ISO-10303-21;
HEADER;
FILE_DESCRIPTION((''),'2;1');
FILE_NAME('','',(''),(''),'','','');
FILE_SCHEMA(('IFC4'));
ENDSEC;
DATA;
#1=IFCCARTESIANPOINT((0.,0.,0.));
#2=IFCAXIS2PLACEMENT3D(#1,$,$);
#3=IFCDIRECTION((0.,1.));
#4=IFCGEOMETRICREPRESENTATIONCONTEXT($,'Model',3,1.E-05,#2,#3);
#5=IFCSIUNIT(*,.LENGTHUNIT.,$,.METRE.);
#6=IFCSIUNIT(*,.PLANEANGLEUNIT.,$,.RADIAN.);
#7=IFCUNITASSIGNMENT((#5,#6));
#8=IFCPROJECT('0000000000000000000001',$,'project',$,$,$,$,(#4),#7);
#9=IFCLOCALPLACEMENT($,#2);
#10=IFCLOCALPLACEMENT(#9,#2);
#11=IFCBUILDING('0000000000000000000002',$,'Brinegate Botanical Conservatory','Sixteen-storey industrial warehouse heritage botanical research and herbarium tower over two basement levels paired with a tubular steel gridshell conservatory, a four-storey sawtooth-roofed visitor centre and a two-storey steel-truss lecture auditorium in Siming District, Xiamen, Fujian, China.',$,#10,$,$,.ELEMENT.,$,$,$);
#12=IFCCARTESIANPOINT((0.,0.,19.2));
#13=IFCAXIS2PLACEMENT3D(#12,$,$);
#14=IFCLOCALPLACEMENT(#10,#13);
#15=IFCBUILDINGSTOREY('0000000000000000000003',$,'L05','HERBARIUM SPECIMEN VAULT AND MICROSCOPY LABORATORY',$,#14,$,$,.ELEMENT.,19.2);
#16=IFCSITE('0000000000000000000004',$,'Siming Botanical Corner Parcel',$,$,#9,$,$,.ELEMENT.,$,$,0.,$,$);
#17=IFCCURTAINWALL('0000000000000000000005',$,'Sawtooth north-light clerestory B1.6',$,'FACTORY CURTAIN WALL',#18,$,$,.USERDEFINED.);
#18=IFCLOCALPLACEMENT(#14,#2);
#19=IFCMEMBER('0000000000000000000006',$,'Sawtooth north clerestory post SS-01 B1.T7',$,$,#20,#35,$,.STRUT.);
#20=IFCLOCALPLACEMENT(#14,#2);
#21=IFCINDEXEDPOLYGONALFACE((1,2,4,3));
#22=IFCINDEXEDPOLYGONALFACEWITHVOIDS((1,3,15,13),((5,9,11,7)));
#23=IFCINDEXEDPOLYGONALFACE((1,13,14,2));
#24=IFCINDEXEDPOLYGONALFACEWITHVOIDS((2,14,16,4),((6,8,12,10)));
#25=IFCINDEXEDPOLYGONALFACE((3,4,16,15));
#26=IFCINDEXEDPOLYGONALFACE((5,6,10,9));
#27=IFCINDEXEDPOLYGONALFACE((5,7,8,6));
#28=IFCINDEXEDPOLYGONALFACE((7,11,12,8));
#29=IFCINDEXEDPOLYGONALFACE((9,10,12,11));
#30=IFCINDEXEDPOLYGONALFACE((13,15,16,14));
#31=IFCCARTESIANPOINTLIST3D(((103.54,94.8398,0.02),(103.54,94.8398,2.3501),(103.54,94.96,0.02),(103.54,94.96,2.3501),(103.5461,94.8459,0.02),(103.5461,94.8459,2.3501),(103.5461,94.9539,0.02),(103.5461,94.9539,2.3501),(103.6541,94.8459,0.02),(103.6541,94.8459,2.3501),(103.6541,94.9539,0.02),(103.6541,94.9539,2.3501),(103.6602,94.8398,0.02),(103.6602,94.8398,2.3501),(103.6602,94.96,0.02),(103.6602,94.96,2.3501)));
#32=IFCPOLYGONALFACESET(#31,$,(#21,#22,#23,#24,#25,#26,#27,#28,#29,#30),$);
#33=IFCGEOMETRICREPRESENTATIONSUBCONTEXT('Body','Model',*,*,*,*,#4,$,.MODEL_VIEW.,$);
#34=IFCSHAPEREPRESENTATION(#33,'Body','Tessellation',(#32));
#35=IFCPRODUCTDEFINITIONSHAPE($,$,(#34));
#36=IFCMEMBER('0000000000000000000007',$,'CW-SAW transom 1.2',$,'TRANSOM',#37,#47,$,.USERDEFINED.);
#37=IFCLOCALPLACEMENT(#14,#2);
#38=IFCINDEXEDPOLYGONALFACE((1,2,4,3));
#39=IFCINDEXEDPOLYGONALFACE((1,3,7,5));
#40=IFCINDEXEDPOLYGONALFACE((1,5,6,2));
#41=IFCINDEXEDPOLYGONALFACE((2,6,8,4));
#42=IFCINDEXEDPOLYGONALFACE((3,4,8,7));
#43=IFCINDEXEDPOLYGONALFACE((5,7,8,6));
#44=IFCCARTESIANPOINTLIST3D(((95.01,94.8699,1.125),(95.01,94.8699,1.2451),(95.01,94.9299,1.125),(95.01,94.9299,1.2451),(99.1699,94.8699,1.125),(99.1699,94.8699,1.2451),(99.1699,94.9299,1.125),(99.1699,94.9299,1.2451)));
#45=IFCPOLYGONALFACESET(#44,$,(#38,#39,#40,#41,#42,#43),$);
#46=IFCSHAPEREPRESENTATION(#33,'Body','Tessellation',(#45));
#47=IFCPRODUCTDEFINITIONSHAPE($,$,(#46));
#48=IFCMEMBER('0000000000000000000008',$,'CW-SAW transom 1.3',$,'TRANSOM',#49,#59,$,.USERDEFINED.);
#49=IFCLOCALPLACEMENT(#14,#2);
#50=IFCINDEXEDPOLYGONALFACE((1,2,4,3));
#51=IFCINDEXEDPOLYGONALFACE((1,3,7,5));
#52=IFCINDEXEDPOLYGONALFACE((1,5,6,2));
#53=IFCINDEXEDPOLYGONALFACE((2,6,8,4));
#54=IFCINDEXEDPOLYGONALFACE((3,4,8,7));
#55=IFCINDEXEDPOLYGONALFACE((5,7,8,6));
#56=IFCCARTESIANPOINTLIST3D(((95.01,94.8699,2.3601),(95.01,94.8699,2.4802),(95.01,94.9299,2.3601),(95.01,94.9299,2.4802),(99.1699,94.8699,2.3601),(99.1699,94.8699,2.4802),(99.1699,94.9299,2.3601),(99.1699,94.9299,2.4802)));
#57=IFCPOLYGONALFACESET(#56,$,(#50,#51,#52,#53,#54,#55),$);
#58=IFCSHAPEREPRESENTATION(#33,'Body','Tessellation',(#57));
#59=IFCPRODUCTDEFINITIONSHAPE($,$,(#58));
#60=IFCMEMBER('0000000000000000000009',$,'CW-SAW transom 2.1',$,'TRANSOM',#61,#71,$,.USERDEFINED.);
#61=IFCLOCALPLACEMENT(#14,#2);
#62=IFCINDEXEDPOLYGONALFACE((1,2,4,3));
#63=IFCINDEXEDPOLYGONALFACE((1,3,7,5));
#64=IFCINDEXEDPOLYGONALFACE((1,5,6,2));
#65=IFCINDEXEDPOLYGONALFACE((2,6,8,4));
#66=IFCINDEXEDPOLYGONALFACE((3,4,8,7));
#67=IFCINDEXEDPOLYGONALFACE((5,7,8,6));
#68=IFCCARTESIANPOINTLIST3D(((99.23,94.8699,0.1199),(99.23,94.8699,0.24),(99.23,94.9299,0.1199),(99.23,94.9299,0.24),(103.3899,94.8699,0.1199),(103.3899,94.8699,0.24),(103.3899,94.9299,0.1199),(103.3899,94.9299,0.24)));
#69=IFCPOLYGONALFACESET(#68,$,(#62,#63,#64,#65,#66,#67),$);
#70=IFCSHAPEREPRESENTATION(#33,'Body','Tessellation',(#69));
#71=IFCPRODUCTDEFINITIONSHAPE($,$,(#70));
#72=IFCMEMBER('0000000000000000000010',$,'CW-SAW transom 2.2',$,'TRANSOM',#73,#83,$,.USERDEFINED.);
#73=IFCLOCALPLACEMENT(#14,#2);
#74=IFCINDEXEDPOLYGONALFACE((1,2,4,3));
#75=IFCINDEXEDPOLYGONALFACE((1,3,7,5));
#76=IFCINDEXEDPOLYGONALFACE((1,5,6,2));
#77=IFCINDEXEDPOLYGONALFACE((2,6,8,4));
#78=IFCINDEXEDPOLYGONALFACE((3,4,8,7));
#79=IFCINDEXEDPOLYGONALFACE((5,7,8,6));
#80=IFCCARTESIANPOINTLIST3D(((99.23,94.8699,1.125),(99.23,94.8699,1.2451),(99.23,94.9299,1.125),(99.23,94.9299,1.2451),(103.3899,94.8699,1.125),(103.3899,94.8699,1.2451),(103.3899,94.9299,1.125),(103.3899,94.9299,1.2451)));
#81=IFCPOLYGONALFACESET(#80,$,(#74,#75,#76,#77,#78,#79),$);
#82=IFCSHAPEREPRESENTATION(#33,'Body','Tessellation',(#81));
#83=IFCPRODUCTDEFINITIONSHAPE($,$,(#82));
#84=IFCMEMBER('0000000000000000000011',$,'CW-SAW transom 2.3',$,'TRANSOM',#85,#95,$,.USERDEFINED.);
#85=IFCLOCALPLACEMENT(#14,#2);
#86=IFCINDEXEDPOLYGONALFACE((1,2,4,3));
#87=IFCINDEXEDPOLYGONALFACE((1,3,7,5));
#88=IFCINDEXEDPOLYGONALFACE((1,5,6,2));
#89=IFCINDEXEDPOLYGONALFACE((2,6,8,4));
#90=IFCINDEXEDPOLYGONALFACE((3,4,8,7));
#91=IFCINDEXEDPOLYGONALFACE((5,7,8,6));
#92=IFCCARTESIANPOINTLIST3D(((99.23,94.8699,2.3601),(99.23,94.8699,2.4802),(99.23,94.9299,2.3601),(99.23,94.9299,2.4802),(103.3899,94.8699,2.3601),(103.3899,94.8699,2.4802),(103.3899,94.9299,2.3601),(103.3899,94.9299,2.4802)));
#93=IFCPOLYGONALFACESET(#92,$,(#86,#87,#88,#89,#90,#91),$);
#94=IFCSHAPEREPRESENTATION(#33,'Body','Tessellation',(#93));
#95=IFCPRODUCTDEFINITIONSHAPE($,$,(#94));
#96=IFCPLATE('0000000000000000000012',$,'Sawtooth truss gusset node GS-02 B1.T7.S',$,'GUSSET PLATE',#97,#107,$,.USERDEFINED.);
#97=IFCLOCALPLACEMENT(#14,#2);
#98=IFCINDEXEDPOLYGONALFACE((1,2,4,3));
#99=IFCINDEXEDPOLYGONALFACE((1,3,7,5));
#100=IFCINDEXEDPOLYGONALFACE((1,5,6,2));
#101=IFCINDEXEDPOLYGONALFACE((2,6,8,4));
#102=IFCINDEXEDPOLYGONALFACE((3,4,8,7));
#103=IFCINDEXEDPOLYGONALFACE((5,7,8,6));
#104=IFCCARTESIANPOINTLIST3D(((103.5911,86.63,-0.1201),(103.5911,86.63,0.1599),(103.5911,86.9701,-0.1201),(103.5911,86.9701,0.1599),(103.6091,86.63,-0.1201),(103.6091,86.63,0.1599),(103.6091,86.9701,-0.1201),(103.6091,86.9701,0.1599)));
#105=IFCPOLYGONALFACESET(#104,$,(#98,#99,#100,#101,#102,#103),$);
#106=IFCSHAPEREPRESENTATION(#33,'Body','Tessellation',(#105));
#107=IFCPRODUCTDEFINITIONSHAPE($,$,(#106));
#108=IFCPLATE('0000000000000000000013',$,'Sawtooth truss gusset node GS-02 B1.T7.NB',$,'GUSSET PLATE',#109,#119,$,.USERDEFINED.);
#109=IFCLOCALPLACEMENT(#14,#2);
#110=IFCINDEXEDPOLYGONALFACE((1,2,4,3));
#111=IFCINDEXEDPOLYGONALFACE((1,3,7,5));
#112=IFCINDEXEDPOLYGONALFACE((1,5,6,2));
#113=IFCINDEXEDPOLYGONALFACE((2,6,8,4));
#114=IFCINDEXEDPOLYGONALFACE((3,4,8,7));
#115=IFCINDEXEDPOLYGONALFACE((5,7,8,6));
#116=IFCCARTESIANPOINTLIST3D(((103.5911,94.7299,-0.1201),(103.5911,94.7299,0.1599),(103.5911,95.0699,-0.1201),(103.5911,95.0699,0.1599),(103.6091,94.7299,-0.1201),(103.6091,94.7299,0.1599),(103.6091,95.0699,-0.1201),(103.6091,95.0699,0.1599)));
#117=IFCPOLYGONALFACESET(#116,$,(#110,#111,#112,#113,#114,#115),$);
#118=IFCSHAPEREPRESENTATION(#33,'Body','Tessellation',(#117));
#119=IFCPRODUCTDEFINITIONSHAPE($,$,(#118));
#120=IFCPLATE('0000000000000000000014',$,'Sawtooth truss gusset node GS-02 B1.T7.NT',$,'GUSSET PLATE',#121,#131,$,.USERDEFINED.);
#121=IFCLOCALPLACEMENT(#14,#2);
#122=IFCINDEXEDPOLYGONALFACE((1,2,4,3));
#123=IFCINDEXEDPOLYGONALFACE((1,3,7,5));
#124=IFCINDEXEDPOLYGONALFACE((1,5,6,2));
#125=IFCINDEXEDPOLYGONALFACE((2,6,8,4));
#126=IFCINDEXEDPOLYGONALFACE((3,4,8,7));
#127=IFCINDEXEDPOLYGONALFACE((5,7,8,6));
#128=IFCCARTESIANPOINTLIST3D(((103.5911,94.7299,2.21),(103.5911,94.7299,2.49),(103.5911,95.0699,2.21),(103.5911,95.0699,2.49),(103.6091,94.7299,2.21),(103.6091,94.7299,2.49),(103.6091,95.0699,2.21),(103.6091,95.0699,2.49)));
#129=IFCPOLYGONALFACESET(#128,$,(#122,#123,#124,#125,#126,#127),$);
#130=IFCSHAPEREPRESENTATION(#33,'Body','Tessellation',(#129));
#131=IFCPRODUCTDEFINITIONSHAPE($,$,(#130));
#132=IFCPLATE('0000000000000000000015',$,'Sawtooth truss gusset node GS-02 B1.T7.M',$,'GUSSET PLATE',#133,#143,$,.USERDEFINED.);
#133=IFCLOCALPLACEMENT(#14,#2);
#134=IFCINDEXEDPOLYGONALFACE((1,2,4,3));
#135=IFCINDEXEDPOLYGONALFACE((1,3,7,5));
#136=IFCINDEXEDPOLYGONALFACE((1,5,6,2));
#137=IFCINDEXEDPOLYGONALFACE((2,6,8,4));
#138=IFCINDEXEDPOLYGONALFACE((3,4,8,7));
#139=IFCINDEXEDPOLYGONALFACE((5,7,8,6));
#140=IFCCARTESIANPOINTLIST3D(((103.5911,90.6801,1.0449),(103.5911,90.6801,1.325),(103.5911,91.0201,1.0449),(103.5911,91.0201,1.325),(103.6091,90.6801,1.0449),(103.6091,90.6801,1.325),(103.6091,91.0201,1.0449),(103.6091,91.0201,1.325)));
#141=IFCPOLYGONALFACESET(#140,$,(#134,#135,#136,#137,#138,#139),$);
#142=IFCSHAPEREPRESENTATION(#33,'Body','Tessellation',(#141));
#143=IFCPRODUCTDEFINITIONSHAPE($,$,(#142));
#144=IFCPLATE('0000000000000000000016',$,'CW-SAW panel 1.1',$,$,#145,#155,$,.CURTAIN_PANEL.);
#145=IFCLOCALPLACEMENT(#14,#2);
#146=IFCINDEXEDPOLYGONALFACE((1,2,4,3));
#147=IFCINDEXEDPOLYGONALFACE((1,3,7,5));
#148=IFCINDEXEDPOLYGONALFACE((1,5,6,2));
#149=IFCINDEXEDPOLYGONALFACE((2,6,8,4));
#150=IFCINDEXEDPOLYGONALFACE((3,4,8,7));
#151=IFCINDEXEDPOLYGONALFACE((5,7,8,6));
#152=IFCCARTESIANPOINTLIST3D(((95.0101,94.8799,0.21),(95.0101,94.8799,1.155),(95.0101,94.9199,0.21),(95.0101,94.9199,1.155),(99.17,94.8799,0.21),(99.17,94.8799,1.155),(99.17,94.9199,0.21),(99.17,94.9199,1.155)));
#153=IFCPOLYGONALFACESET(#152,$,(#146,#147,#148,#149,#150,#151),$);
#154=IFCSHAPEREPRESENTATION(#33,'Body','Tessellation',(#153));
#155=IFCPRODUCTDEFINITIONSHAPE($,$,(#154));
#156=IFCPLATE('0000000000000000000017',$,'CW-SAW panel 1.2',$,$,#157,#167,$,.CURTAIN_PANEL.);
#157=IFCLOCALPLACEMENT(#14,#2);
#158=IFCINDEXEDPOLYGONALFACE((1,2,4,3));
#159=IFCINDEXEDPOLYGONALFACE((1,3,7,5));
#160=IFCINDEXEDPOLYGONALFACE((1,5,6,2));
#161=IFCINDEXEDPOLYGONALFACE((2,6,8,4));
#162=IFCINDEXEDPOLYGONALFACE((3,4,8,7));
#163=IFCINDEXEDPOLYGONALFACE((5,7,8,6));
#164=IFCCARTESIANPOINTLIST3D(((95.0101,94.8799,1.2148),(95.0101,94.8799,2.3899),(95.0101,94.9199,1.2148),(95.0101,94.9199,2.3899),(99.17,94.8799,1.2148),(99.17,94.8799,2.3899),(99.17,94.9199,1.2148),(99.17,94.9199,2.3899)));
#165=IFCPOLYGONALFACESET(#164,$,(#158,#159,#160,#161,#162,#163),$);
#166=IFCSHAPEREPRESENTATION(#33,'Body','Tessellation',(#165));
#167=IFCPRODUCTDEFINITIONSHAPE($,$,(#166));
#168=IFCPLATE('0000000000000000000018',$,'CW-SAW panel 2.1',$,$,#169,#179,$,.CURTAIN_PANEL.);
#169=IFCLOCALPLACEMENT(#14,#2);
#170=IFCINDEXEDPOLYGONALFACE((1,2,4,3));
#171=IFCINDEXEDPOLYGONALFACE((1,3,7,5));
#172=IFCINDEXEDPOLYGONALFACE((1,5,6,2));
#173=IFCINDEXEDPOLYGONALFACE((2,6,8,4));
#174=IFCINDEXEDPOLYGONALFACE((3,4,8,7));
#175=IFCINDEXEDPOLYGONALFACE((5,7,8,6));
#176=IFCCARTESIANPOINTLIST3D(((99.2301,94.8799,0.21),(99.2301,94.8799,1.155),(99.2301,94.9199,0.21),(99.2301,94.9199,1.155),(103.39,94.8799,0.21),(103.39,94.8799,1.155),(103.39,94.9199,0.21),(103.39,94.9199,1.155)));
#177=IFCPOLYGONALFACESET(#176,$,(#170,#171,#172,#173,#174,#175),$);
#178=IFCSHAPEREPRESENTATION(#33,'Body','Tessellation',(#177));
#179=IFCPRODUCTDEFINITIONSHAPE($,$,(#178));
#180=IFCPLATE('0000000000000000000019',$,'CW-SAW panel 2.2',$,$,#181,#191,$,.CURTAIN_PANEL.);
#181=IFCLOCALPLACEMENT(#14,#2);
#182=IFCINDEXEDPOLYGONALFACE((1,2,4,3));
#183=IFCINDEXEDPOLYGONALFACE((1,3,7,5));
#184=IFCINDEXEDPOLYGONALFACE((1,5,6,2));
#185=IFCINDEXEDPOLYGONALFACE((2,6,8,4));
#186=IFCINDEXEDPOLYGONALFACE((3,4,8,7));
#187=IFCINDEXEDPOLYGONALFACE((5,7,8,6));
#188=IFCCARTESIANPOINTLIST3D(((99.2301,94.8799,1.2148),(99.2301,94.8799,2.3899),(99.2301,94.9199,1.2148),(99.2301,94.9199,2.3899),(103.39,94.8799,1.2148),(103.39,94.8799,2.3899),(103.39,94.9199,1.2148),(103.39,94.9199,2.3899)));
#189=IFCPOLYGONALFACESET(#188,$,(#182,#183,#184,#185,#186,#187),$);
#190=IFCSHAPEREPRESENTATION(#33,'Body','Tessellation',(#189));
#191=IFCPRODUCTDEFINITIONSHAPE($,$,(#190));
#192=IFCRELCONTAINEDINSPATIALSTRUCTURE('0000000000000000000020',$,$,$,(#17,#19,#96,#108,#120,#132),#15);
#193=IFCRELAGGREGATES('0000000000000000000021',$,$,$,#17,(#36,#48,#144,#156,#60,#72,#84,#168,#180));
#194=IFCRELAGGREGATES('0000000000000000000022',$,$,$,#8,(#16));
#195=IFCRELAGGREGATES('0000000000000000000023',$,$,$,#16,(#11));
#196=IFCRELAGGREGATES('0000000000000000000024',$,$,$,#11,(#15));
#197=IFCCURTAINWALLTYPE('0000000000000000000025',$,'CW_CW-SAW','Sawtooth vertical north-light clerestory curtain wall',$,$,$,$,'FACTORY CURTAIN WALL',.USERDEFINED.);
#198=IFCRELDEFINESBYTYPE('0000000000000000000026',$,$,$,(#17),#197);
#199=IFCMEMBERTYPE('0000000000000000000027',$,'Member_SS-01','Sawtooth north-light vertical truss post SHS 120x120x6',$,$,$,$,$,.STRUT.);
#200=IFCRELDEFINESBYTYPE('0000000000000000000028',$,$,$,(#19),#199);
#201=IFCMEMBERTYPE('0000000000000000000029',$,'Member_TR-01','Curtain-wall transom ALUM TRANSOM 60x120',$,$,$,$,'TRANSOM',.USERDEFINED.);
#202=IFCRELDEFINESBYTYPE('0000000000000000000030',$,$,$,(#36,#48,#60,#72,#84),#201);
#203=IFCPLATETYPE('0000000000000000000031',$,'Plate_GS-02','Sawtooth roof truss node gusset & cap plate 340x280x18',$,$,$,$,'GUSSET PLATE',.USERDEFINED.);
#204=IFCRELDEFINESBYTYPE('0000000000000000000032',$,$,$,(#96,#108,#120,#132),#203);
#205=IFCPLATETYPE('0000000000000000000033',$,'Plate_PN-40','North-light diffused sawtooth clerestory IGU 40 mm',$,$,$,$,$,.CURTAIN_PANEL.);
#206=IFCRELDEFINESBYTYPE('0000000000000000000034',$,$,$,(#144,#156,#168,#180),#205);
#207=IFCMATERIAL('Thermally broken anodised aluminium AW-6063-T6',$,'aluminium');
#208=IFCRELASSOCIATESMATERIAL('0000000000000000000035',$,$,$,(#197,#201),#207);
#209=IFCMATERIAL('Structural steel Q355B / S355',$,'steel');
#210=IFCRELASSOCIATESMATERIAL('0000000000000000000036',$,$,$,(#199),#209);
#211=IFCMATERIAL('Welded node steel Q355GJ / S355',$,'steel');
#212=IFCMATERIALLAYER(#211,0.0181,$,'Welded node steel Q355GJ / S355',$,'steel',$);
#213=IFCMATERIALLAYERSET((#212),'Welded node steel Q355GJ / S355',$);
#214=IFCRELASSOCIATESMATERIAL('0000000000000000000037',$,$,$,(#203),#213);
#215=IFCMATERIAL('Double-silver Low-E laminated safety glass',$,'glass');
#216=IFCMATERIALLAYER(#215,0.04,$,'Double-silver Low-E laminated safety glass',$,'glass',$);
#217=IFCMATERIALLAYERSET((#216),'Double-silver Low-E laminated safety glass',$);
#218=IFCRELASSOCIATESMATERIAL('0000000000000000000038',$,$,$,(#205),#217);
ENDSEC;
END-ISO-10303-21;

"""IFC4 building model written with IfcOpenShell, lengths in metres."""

from ifc_helpers import new_model, si_unit, direction, frame, origin, origin_2d, place, context, subcontext, project, spatial, rectangle, hollow_rectangle, extrude, material, layer, layer_set, material_profile, profile_set, type_object, element, aggregate, save


model = new_model("IFC4")

# Units and contexts
model_context = context("Model", 3, precision=1e-05, world=origin(), true_north=direction((0.0, 1.0)))
body_context = subcontext(model_context, "Body", "Model", "MODEL_VIEW")
ifc_project = project(units=[si_unit("LENGTHUNIT", "METRE"), si_unit("PLANEANGLEUNIT", "RADIAN")], contexts=[model_context])

# Site, building, storey
site_placement = place(None, origin())
site = spatial("IfcSite", under=ifc_project, at=site_placement, Name="Siming Botanical Corner Parcel", CompositionType="ELEMENT", RefElevation=0.0)
building_placement = place(site_placement, origin())
building = spatial("IfcBuilding", under=site, at=building_placement, Name="Brinegate Botanical Conservatory", Description="Sixteen-storey industrial warehouse heritage botanical research and herbarium tower over two basement levels paired with a tubular steel gridshell conservatory, a four-storey sawtooth-roofed visitor centre and a two-storey steel-truss lecture auditorium in Siming District, Xiamen, Fujian, China.", CompositionType="ELEMENT")
storey_placement = place(building_placement, frame((0.0, 0.0, 19.2)))
storey = spatial("IfcBuildingStorey", under=building, at=storey_placement, Name="L05", Description="HERBARIUM SPECIMEN VAULT AND MICROSCOPY LABORATORY", CompositionType="ELEMENT", Elevation=19.2)

# Shared definitions
ifc_material_1 = material(Name="Structural steel Q355B / S355", Category="steel")

# Curtain wall
ifc_material_2 = material(Name="Thermally broken anodised aluminium AW-6063-T6", Category="aluminium")
curtain_wall_type = type_object("IfcCurtainWallType", Name="CW_CW-SAW", Description="Sawtooth vertical north-light clerestory curtain wall", ElementType="FACTORY CURTAIN WALL", PredefinedType="USERDEFINED", material=ifc_material_2)
curtain_wall_1_placement = place(storey_placement, origin())
curtain_wall_1 = element("IfcCurtainWall", 1, at=curtain_wall_1_placement, inside=storey, type_object=curtain_wall_type, Name="Sawtooth north-light clerestory B1.6", ObjectType="FACTORY CURTAIN WALL", PredefinedType="USERDEFINED")

# Member
ifc_material_profile_1 = material_profile(ifc_material_1, hollow_rectangle(XDim=0.1201, YDim=0.1201, WallThickness=0.0061, at=origin_2d()), Name="SHS 120x120x6")
ifc_profile_set_1 = profile_set([ifc_material_profile_1], Name="Structural steel Q355B / S355")
member_type_1 = type_object("IfcMemberType", Name="Member_SS-01", Description="Sawtooth north-light vertical truss post SHS 120x120x6", PredefinedType="STRUT", material=ifc_profile_set_1)
member_1_placement = place(storey_placement, frame((103.6001, 94.8999, 0.02), z_axis=(0.0, 0.0, 1.0), x_axis=(1.0, 0.0, 0.0)))
element("IfcMember", 2, at=member_1_placement, inside=storey, type_object=member_type_1, Name="Sawtooth north clerestory post SS-01 B1.T7", PredefinedType="STRUT", context=body_context, shape_type="SweptSolid", body=[
    extrude(hollow_rectangle(XDim=0.1201, YDim=0.1201, WallThickness=0.0061, at=origin_2d()), origin(), (0.0, 0.0, 1.0), 2.3301),
])

# Members
ifc_material_profile_2 = material_profile(ifc_material_2, rectangle(XDim=0.0601, YDim=0.1201, at=origin_2d()), Name="ALUM TRANSOM 60x120")
ifc_profile_set_2 = profile_set([ifc_material_profile_2], Name="Thermally broken anodised aluminium AW-6063-T6")
member_type_2 = type_object("IfcMemberType", Name="Member_TR-01", Description="Curtain-wall transom ALUM TRANSOM 60x120", ElementType="TRANSOM", PredefinedType="USERDEFINED", material=ifc_profile_set_2)
member_2_placement = place(storey_placement, frame((95.01, 94.8999, 1.1851), z_axis=(1.0, 0.0, 0.0), x_axis=(0.0, 1.0, 0.0)))
member_2 = element("IfcMember", 3, at=member_2_placement, type_object=member_type_2, Name="CW-SAW transom 1.2", ObjectType="TRANSOM", PredefinedType="USERDEFINED", context=body_context, shape_type="SweptSolid", body=[
    extrude(rectangle(XDim=0.0601, YDim=0.1201, at=origin_2d()), origin(), (0.0, 0.0, 1.0), 4.1599),
])
member_3_placement = place(storey_placement, frame((95.01, 94.8999, 2.4202), z_axis=(1.0, 0.0, 0.0), x_axis=(0.0, 1.0, 0.0)))
member_3 = element("IfcMember", 4, at=member_3_placement, type_object=member_type_2, Name="CW-SAW transom 1.3", ObjectType="TRANSOM", PredefinedType="USERDEFINED", context=body_context, shape_type="SweptSolid", body=[
    extrude(rectangle(XDim=0.0601, YDim=0.1201, at=origin_2d()), origin(), (0.0, 0.0, 1.0), 4.1599),
])
member_4_placement = place(storey_placement, frame((99.23, 94.8999, 0.1799), z_axis=(1.0, 0.0, 0.0), x_axis=(0.0, 1.0, 0.0)))
member_4 = element("IfcMember", 5, at=member_4_placement, type_object=member_type_2, Name="CW-SAW transom 2.1", ObjectType="TRANSOM", PredefinedType="USERDEFINED", context=body_context, shape_type="SweptSolid", body=[
    extrude(rectangle(XDim=0.0601, YDim=0.1201, at=origin_2d()), origin(), (0.0, 0.0, 1.0), 4.1599),
])
member_5_placement = place(storey_placement, frame((99.23, 94.8999, 1.1851), z_axis=(1.0, 0.0, 0.0), x_axis=(0.0, 1.0, 0.0)))
member_5 = element("IfcMember", 6, at=member_5_placement, type_object=member_type_2, Name="CW-SAW transom 2.2", ObjectType="TRANSOM", PredefinedType="USERDEFINED", context=body_context, shape_type="SweptSolid", body=[
    extrude(rectangle(XDim=0.0601, YDim=0.1201, at=origin_2d()), origin(), (0.0, 0.0, 1.0), 4.1599),
])
member_6_placement = place(storey_placement, frame((99.23, 94.8999, 2.4202), z_axis=(1.0, 0.0, 0.0), x_axis=(0.0, 1.0, 0.0)))
member_6 = element("IfcMember", 7, at=member_6_placement, type_object=member_type_2, Name="CW-SAW transom 2.3", ObjectType="TRANSOM", PredefinedType="USERDEFINED", context=body_context, shape_type="SweptSolid", body=[
    extrude(rectangle(XDim=0.0601, YDim=0.1201, at=origin_2d()), origin(), (0.0, 0.0, 1.0), 4.1599),
])

# Plates
ifc_material_3 = material(Name="Welded node steel Q355GJ / S355", Category="steel")
ifc_layer_1 = layer(ifc_material_3, 0.0181, Name="Welded node steel Q355GJ / S355", Category="steel")
ifc_layer_set_1 = layer_set([ifc_layer_1], Name="Welded node steel Q355GJ / S355")
plate_type_1 = type_object("IfcPlateType", Name="Plate_GS-02", Description="Sawtooth roof truss node gusset & cap plate 340x280x18", ElementType="GUSSET PLATE", PredefinedType="USERDEFINED", material=ifc_layer_set_1)
for number, where, z_axis, x_axis, name in (
    (8, (103.6001, 86.8, -0.1201), (0.0, 0.0, 1.0), (1.0, 0.0, 0.0), "Sawtooth truss gusset node GS-02 B1.T7.S"),
    (9, (103.6001, 94.8999, -0.1201), (0.0, 0.0, 1.0), (1.0, 0.0, 0.0), "Sawtooth truss gusset node GS-02 B1.T7.NB"),
    (10, (103.6001, 94.8999, 2.21), (0.0, 0.0, 1.0), (1.0, 0.0, 0.0), "Sawtooth truss gusset node GS-02 B1.T7.NT"),
    (11, (103.6001, 90.8501, 1.0449), (0.0, 0.0, 1.0), (1.0, 0.0, 0.0), "Sawtooth truss gusset node GS-02 B1.T7.M"),
):
    element("IfcPlate", number, at=place(storey_placement, frame(where, z_axis=z_axis, x_axis=x_axis)), inside=storey, type_object=plate_type_1, Name=name, ObjectType="GUSSET PLATE", PredefinedType="USERDEFINED", context=body_context, shape_type="SweptSolid", body=[
        extrude(rectangle(XDim=0.0181, YDim=0.3401, at=origin_2d()), origin(), (0.0, 0.0, 1.0), 0.28),
    ])

# Plates
ifc_material_4 = material(Name="Double-silver Low-E laminated safety glass", Category="glass")
ifc_layer_2 = layer(ifc_material_4, 0.04, Name="Double-silver Low-E laminated safety glass", Category="glass")
ifc_layer_set_2 = layer_set([ifc_layer_2], Name="Double-silver Low-E laminated safety glass")
plate_type_2 = type_object("IfcPlateType", Name="Plate_PN-40", Description="North-light diffused sawtooth clerestory IGU 40 mm", PredefinedType="CURTAIN_PANEL", material=ifc_layer_set_2)
plate_1_placement = place(storey_placement, frame((97.0901, 94.8999, 0.21), z_axis=(0.0, 0.0, 1.0), x_axis=(1.0, 0.0, 0.0)))
plate_1 = element("IfcPlate", 12, at=plate_1_placement, type_object=plate_type_2, Name="CW-SAW panel 1.1", PredefinedType="CURTAIN_PANEL", context=body_context, shape_type="SweptSolid", body=[
    extrude(rectangle(XDim=4.1599, YDim=0.04, at=origin_2d()), origin(), (0.0, 0.0, 1.0), 0.9451),
])
plate_2_placement = place(storey_placement, frame((97.0901, 94.8999, 1.2148), z_axis=(0.0, 0.0, 1.0), x_axis=(1.0, 0.0, 0.0)))
plate_2 = element("IfcPlate", 13, at=plate_2_placement, type_object=plate_type_2, Name="CW-SAW panel 1.2", PredefinedType="CURTAIN_PANEL", context=body_context, shape_type="SweptSolid", body=[
    extrude(rectangle(XDim=4.1599, YDim=0.04, at=origin_2d()), origin(), (0.0, 0.0, 1.0), 1.175),
])
plate_3_placement = place(storey_placement, frame((101.3101, 94.8999, 0.21), z_axis=(0.0, 0.0, 1.0), x_axis=(1.0, 0.0, 0.0)))
plate_3 = element("IfcPlate", 14, at=plate_3_placement, type_object=plate_type_2, Name="CW-SAW panel 2.1", PredefinedType="CURTAIN_PANEL", context=body_context, shape_type="SweptSolid", body=[
    extrude(rectangle(XDim=4.1599, YDim=0.04, at=origin_2d()), origin(), (0.0, 0.0, 1.0), 0.9451),
])
plate_4_placement = place(storey_placement, frame((101.3101, 94.8999, 1.2148), z_axis=(0.0, 0.0, 1.0), x_axis=(1.0, 0.0, 0.0)))
plate_4 = element("IfcPlate", 15, at=plate_4_placement, type_object=plate_type_2, Name="CW-SAW panel 2.2", PredefinedType="CURTAIN_PANEL", context=body_context, shape_type="SweptSolid", body=[
    extrude(rectangle(XDim=4.1599, YDim=0.04, at=origin_2d()), origin(), (0.0, 0.0, 1.0), 1.175),
])
aggregate(curtain_wall_1, [member_2, member_3, plate_1, plate_2, member_4, member_5, member_6, plate_3, plate_4])

save(model, "model.ifc")
